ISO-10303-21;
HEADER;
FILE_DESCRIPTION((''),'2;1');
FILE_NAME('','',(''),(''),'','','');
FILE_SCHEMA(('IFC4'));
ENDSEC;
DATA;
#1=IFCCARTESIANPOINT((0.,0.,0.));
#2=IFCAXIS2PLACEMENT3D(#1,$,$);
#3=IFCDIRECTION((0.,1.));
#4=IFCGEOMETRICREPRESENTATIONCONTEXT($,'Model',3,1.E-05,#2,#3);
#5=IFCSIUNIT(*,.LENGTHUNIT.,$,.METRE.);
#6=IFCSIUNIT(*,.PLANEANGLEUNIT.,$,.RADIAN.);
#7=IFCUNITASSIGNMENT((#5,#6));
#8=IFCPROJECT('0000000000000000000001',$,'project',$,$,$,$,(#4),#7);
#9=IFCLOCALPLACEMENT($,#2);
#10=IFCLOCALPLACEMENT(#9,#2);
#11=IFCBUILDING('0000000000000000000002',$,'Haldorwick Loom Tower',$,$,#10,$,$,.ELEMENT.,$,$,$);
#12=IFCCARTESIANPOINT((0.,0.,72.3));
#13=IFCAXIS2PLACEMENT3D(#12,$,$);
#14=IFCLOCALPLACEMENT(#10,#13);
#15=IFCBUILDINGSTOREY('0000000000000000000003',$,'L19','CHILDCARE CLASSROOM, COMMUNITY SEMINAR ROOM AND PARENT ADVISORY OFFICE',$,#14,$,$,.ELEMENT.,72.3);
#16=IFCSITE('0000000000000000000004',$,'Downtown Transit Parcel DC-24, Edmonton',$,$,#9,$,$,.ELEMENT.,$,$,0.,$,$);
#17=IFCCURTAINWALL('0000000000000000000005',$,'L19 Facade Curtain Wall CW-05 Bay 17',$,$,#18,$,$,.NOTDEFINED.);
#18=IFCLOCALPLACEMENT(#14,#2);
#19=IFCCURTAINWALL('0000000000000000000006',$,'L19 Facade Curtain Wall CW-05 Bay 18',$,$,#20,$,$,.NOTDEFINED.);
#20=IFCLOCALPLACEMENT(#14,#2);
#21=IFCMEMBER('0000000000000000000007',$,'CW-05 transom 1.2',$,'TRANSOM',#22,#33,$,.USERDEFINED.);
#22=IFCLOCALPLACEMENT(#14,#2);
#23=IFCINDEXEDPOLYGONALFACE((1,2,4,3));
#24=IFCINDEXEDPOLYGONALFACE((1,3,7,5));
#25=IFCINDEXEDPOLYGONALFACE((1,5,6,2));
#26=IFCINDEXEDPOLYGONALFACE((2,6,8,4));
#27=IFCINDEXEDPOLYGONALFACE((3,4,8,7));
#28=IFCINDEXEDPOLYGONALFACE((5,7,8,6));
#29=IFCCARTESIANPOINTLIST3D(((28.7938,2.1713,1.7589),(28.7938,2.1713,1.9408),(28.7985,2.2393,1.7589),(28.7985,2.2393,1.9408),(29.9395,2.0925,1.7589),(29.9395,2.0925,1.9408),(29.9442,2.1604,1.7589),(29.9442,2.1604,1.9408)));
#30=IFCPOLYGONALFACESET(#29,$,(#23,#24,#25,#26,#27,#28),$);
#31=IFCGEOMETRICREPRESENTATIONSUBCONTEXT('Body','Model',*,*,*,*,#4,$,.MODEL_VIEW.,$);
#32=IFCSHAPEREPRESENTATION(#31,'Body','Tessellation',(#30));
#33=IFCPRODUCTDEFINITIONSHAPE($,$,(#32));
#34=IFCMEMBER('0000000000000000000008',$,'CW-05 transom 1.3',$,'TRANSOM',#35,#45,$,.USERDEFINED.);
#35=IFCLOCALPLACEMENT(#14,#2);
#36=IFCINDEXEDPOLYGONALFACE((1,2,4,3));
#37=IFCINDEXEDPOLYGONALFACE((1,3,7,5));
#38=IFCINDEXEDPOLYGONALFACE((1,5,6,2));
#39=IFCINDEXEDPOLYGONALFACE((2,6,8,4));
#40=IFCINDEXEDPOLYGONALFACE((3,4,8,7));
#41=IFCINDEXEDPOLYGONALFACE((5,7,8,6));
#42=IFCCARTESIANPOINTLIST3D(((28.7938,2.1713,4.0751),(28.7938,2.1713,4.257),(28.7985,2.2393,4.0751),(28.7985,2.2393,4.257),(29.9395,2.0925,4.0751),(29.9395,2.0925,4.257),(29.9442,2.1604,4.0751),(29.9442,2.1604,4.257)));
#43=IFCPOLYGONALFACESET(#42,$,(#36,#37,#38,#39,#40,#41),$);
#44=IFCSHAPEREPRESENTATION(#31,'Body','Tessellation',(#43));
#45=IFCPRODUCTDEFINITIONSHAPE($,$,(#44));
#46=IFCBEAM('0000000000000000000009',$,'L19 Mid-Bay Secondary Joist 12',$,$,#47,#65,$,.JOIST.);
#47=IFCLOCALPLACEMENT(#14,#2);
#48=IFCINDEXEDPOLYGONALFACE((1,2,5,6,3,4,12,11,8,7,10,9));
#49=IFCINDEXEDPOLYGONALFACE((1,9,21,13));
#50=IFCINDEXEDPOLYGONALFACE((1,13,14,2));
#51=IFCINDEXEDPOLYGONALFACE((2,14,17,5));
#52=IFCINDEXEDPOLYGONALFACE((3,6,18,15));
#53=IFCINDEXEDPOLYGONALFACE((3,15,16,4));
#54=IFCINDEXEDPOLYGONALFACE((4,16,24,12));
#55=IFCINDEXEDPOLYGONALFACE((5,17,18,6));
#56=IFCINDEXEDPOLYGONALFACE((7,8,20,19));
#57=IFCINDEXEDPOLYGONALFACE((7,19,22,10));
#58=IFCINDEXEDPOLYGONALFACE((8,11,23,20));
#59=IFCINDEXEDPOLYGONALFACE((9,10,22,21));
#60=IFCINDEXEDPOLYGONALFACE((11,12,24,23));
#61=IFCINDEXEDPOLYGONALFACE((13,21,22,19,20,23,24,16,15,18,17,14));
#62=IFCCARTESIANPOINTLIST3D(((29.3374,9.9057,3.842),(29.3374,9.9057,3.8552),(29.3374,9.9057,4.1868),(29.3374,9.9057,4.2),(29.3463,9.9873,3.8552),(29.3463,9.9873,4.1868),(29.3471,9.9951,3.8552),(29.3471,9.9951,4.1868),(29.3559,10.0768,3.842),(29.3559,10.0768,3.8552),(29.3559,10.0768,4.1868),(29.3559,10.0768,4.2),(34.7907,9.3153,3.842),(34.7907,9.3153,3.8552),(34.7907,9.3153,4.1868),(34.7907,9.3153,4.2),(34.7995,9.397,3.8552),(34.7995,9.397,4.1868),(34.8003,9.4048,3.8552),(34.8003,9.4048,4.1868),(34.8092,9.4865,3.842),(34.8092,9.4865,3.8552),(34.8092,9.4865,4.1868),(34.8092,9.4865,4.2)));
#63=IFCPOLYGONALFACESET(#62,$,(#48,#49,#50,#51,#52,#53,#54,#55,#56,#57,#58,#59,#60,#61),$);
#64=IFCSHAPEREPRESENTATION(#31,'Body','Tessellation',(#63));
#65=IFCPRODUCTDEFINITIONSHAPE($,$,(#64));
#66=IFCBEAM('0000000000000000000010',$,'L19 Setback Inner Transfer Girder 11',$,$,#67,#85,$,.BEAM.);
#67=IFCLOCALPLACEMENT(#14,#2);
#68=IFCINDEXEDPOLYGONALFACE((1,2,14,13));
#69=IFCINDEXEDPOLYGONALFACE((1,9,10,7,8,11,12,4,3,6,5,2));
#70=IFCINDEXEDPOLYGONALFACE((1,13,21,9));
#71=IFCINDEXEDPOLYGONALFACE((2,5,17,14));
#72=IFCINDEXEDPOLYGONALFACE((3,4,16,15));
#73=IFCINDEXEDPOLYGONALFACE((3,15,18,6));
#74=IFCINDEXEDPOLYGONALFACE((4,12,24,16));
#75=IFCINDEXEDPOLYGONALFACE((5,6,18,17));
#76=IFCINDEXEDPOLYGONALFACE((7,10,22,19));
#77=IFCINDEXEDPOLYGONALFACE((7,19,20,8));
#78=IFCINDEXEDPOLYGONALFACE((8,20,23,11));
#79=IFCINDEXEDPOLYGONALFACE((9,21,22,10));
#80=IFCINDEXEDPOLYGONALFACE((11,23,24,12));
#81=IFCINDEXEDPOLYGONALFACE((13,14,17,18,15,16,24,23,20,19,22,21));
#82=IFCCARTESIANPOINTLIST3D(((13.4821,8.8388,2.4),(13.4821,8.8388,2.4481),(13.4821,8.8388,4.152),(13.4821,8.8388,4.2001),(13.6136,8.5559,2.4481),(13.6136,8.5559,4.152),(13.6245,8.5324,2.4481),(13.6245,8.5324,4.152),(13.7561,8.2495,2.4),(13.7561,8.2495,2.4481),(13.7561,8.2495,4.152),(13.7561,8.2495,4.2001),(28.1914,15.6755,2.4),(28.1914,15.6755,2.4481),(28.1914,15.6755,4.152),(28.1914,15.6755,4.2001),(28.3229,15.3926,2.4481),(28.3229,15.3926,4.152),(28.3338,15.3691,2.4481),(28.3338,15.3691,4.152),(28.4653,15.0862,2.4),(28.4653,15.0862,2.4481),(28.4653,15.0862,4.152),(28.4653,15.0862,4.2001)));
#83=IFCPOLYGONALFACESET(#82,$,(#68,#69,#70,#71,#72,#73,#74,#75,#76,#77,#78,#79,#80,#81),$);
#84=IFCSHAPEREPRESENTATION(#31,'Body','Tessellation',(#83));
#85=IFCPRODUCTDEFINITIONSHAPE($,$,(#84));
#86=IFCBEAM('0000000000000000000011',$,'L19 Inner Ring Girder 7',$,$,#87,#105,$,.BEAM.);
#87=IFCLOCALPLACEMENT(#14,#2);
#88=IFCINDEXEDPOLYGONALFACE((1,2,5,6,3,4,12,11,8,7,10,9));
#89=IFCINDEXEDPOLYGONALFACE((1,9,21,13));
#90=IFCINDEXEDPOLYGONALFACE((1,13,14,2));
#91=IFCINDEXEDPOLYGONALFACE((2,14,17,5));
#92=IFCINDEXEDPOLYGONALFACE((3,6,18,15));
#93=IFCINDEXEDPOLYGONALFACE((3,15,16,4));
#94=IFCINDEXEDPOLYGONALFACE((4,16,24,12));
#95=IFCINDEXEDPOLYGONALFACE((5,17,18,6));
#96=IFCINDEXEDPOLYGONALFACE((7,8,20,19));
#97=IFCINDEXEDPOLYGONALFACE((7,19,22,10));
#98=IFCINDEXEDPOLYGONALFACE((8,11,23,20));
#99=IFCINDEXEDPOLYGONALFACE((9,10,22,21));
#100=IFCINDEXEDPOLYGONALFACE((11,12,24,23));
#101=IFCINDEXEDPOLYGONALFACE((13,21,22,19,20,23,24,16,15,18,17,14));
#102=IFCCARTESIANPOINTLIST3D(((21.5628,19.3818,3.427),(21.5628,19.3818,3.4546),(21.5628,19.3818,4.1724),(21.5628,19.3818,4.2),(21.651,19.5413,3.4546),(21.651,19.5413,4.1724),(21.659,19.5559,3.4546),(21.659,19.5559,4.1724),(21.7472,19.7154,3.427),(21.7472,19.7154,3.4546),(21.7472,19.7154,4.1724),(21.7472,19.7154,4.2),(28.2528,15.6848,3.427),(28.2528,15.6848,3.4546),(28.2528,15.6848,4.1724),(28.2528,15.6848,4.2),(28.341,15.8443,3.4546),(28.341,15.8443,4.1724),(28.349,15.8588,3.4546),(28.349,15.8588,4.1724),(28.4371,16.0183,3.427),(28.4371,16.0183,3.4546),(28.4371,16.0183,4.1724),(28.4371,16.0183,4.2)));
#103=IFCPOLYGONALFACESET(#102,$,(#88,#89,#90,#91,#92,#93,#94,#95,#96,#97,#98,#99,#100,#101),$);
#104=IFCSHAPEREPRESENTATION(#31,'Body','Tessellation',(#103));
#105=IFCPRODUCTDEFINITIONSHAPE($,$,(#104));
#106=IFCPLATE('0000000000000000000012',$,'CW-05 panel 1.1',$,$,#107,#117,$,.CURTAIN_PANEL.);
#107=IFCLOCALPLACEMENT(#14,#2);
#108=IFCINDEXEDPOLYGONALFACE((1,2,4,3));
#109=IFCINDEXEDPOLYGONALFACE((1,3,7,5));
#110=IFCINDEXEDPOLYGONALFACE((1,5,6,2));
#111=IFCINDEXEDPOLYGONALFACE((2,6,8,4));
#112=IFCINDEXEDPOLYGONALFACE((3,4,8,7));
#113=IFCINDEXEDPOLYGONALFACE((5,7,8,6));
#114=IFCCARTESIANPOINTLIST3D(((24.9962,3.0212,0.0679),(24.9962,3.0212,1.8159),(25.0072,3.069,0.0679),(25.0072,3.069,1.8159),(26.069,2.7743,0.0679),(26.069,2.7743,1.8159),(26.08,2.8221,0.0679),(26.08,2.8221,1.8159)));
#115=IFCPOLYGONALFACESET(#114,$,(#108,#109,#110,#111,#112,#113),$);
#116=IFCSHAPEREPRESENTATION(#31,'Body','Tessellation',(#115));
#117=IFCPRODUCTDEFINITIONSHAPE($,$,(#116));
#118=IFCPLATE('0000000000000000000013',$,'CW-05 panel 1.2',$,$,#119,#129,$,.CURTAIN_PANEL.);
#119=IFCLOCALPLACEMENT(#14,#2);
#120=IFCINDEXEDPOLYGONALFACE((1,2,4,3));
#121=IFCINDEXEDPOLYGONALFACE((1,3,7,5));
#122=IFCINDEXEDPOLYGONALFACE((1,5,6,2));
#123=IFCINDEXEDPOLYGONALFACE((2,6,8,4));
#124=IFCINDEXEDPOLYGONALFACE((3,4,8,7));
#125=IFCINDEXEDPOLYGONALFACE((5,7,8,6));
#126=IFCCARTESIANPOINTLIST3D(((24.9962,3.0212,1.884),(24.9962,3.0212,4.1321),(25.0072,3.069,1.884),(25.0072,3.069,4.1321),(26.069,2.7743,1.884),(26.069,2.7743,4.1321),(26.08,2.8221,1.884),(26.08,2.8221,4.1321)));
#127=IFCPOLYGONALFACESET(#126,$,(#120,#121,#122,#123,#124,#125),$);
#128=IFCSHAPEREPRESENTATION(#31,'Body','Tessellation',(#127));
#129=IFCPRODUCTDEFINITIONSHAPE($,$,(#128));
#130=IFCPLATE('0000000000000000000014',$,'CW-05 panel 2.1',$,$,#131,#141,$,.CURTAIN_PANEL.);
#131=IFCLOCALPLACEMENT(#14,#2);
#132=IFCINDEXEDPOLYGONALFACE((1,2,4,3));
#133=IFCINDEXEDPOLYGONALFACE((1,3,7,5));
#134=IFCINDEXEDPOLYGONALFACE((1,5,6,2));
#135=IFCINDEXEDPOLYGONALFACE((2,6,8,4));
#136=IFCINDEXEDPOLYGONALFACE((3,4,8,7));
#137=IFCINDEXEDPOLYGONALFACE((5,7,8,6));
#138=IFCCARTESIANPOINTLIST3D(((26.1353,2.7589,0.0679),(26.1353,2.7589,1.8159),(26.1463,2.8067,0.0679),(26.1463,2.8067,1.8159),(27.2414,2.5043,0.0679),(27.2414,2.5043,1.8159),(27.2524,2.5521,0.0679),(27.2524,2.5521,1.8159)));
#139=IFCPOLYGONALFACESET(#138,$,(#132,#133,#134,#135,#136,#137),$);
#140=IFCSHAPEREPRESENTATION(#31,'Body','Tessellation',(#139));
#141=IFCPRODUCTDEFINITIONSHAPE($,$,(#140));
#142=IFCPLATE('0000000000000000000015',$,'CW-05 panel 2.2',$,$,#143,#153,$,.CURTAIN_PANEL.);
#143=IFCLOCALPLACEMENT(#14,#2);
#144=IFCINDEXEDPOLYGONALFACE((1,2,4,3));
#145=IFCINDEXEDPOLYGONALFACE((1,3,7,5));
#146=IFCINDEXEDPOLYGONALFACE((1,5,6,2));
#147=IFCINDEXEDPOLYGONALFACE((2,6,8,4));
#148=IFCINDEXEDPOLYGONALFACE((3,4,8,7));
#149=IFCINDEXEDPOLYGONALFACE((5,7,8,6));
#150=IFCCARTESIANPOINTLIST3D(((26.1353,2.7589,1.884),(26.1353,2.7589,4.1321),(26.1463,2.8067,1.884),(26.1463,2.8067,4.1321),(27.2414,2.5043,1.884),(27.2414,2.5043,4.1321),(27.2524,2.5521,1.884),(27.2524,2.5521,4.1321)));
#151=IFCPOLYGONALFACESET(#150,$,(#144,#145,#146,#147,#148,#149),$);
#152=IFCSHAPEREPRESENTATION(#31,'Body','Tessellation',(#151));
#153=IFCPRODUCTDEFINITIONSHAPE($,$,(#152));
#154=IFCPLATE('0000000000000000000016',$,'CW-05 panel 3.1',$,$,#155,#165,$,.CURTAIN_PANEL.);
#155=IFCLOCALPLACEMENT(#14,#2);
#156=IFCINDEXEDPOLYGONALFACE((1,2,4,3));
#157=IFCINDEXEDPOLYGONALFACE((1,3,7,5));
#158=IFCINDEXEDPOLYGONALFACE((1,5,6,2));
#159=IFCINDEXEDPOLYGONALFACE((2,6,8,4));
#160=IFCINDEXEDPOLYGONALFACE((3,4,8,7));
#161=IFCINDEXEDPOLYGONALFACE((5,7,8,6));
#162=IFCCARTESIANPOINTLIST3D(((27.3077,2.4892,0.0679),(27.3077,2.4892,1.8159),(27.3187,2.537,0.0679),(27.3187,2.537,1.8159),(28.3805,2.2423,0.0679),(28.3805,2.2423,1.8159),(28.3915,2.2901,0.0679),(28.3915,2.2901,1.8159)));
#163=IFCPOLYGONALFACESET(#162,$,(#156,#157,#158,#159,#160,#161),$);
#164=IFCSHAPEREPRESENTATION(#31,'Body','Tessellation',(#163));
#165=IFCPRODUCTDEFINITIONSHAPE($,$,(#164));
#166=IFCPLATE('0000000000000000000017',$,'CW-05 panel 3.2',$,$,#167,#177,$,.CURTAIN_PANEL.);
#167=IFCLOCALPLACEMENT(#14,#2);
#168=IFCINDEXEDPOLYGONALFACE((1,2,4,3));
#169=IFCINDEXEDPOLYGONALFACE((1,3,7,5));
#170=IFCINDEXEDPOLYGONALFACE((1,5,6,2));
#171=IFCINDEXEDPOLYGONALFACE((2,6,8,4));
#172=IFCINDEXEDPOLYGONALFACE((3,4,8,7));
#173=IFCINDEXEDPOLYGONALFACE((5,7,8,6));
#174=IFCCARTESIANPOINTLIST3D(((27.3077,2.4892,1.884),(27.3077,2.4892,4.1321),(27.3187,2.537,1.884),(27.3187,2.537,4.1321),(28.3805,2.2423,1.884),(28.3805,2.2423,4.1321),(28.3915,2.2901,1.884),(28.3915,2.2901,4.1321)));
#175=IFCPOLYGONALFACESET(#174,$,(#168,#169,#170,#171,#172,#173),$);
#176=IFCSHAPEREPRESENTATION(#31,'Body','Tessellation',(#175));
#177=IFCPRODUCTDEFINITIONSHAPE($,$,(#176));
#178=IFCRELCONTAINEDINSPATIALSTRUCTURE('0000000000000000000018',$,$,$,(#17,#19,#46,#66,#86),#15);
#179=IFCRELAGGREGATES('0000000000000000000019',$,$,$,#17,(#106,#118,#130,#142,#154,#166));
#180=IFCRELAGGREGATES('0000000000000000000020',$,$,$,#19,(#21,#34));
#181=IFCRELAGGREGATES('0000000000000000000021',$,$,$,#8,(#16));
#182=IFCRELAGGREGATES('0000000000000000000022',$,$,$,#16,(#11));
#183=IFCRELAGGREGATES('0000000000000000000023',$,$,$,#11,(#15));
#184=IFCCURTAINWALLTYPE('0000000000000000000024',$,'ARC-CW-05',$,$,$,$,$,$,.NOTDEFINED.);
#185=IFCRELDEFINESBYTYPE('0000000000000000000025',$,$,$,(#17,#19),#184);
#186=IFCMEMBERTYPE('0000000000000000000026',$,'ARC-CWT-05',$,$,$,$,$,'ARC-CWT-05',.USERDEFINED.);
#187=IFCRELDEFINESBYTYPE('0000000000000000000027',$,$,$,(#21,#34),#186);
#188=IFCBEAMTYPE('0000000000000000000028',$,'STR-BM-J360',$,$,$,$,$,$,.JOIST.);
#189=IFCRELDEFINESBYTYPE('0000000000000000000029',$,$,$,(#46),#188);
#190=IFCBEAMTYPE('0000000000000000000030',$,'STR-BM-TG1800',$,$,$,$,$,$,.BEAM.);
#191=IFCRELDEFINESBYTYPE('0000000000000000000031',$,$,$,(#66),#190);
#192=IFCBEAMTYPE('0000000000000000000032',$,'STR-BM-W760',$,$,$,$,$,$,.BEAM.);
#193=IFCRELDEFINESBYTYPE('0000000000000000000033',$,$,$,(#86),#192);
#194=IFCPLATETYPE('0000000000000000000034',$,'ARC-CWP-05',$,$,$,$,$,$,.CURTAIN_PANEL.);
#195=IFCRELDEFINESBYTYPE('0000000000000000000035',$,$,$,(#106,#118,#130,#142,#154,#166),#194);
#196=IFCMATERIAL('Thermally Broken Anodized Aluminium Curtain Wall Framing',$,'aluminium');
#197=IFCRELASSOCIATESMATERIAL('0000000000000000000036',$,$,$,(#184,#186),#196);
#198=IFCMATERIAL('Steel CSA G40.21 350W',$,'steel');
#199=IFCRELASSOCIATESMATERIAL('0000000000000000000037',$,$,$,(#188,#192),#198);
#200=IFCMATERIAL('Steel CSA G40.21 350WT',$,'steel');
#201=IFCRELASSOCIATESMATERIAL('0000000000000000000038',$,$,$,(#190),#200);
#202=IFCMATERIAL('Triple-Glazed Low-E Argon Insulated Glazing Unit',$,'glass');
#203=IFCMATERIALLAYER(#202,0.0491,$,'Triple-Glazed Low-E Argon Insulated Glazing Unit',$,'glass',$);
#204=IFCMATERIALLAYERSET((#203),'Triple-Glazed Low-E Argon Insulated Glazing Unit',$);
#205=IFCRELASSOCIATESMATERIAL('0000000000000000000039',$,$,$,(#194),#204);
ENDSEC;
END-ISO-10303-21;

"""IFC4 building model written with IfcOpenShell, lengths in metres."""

from ifc_helpers import new_model, si_unit, direction, frame, origin, origin_2d, place, context, subcontext, project, spatial, rectangle, i_section, extrude, material, layer, layer_set, material_profile, profile_set, type_object, element, aggregate, save


model = new_model("IFC4")

# Units and contexts
model_context = context("Model", 3, precision=1e-05, world=origin(), true_north=direction((0.0, 1.0)))
body_context = subcontext(model_context, "Body", "Model", "MODEL_VIEW")
ifc_project = project(units=[si_unit("LENGTHUNIT", "METRE"), si_unit("PLANEANGLEUNIT", "RADIAN")], contexts=[model_context])

# Site, building, storey
site_placement = place(None, origin())
site = spatial("IfcSite", under=ifc_project, at=site_placement, Name="Downtown Transit Parcel DC-24, Edmonton", CompositionType="ELEMENT", RefElevation=0.0)
building_placement = place(site_placement, origin())
building = spatial("IfcBuilding", under=site, at=building_placement, Name="Haldorwick Loom Tower", CompositionType="ELEMENT")
storey_placement = place(building_placement, frame((0.0, 0.0, 72.3)))
storey = spatial("IfcBuildingStorey", under=building, at=storey_placement, Name="L19", Description="CHILDCARE CLASSROOM, COMMUNITY SEMINAR ROOM AND PARENT ADVISORY OFFICE", CompositionType="ELEMENT", Elevation=72.3)

# Curtain wall
ifc_material_1 = material(Name="Thermally Broken Anodized Aluminium Curtain Wall Framing", Category="aluminium")
curtain_wall_type = type_object("IfcCurtainWallType", Name="ARC-CW-05", PredefinedType="NOTDEFINED", material=ifc_material_1)
curtain_wall_1_placement = place(storey_placement, origin())
curtain_wall_1 = element("IfcCurtainWall", 1, at=curtain_wall_1_placement, inside=storey, type_object=curtain_wall_type, Name="L19 Facade Curtain Wall CW-05 Bay 17", PredefinedType="NOTDEFINED")

# Curtain wall
curtain_wall_2_placement = place(storey_placement, origin())
curtain_wall_2 = element("IfcCurtainWall", 2, at=curtain_wall_2_placement, inside=storey, type_object=curtain_wall_type, Name="L19 Facade Curtain Wall CW-05 Bay 18", PredefinedType="NOTDEFINED")

# Members
ifc_material_profile_1 = material_profile(ifc_material_1, rectangle(XDim=0.0681, YDim=0.1819, at=origin_2d()), Name="ALU_TRN_68X182", Category="aluminium")
ifc_profile_set_1 = profile_set([ifc_material_profile_1], Name="Thermally Broken Anodized Aluminium Curtain Wall Framing")
member_type_1 = type_object("IfcMemberType", Name="ARC-CWT-05", ElementType="ARC-CWT-05", PredefinedType="USERDEFINED", material=ifc_profile_set_1)
member_1_placement = place(storey_placement, frame((28.7961, 2.2053, 1.8499), z_axis=(0.99764, -0.068663, 0.0), x_axis=(0.068663, 0.99764, 0.0)))
member_1 = element("IfcMember", 3, at=member_1_placement, type_object=member_type_1, Name="CW-05 transom 1.2", ObjectType="TRANSOM", PredefinedType="USERDEFINED", context=body_context, shape_type="SweptSolid", body=[
    extrude(rectangle(XDim=0.0681, YDim=0.1819, at=origin_2d()), origin(), (0.0, 0.0, 1.0), 1.1484),
])
member_2_placement = place(storey_placement, frame((28.7961, 2.2053, 4.166), z_axis=(0.99764, -0.068663, 0.0), x_axis=(0.068663, 0.99764, 0.0)))
member_2 = element("IfcMember", 4, at=member_2_placement, type_object=member_type_1, Name="CW-05 transom 1.3", ObjectType="TRANSOM", PredefinedType="USERDEFINED", context=body_context, shape_type="SweptSolid", body=[
    extrude(rectangle(XDim=0.0681, YDim=0.1819, at=origin_2d()), origin(), (0.0, 0.0, 1.0), 1.1484),
])

# Beams
ifc_material_2 = material(Name="Steel CSA G40.21 350W", Category="steel")
ifc_material_profile_2 = material_profile(ifc_material_2, i_section(OverallWidth=0.1721, OverallDepth=0.3579, WebThickness=0.0078, FlangeThickness=0.0132, at=origin_2d()), Name="W360X57", Category="steel")
ifc_profile_set_2 = profile_set([ifc_material_profile_2], Name="Steel CSA G40.21 350W")
beam_type_1 = type_object("IfcBeamType", Name="STR-BM-J360", PredefinedType="JOIST", material=ifc_profile_set_2)
beam_1_placement = place(storey_placement, frame((29.3467, 9.9912, 4.021), z_axis=(0.994192, -0.107622, 0.0), x_axis=(0.107622, 0.994192, 0.0)))
element("IfcBeam", 5, at=beam_1_placement, inside=storey, type_object=beam_type_1, Name="L19 Mid-Bay Secondary Joist 12", PredefinedType="JOIST", context=body_context, shape_type="SweptSolid", body=[
    extrude(i_section(OverallWidth=0.1721, OverallDepth=0.3579, WebThickness=0.0078, FlangeThickness=0.0132, at=origin_2d()), origin(), (0.0, 0.0, 1.0), 5.4851),
])
ifc_material_3 = material(Name="Steel CSA G40.21 350WT", Category="steel")
ifc_material_profile_3 = material_profile(ifc_material_3, i_section(OverallWidth=0.6499, OverallDepth=1.8, WebThickness=0.0259, FlangeThickness=0.0481, at=origin_2d()), Name="WWF1800X650", Category="steel")
ifc_profile_set_3 = profile_set([ifc_material_profile_3], Name="Steel CSA G40.21 350WT")
beam_type_2 = type_object("IfcBeamType", Name="STR-BM-TG1800", PredefinedType="BEAM", material=ifc_profile_set_3)
beam_2_placement = place(storey_placement, frame((28.3284, 15.3809, 3.3), z_axis=(-0.906835, -0.421486, 0.0), x_axis=(0.421486, -0.906835, 0.0)))
element("IfcBeam", 6, at=beam_2_placement, inside=storey, type_object=beam_type_2, Name="L19 Setback Inner Transfer Girder 11", PredefinedType="BEAM", context=body_context, shape_type="SweptSolid", body=[
    extrude(i_section(OverallWidth=0.6499, OverallDepth=1.8, WebThickness=0.0259, FlangeThickness=0.0481, at=origin_2d()), origin(), (0.0, 0.0, 1.0), 16.2205),
])
ifc_material_profile_4 = material_profile(ifc_material_2, i_section(OverallWidth=0.3811, OverallDepth=0.7729, WebThickness=0.0166, FlangeThickness=0.0276, at=origin_2d()), Name="W760X257", Category="steel")
ifc_profile_set_4 = profile_set([ifc_material_profile_4], Name="Steel CSA G40.21 350W")
beam_type_3 = type_object("IfcBeamType", Name="STR-BM-W760", PredefinedType="BEAM", material=ifc_profile_set_4)
beam_3_placement = place(storey_placement, frame((28.345, 15.8516, 3.8135), z_axis=(-0.875244, 0.483681, 0.0), x_axis=(-0.483681, -0.875244, 0.0)))
element("IfcBeam", 7, at=beam_3_placement, inside=storey, type_object=beam_type_3, Name="L19 Inner Ring Girder 7", PredefinedType="BEAM", context=body_context, shape_type="SweptSolid", body=[
    extrude(i_section(OverallWidth=0.3811, OverallDepth=0.7729, WebThickness=0.0166, FlangeThickness=0.0276, at=origin_2d()), origin(), (0.0, 0.0, 1.0), 7.6436),
])

# Plates
ifc_material_4 = material(Name="Triple-Glazed Low-E Argon Insulated Glazing Unit", Category="glass")
ifc_layer_1 = layer(ifc_material_4, 0.0491, Name="Triple-Glazed Low-E Argon Insulated Glazing Unit", Category="glass")
ifc_layer_set_1 = layer_set([ifc_layer_1], Name="Triple-Glazed Low-E Argon Insulated Glazing Unit")
plate_type = type_object("IfcPlateType", Name="ARC-CWP-05", PredefinedType="CURTAIN_PANEL", material=ifc_layer_set_1)
plate_1_placement = place(storey_placement, frame((25.5381, 2.9216, 0.0679), z_axis=(0.0, 0.0, 1.0), x_axis=(0.974523, -0.224289, 0.0)))
plate_1 = element("IfcPlate", 8, at=plate_1_placement, type_object=plate_type, Name="CW-05 panel 1.1", PredefinedType="CURTAIN_PANEL", context=body_context, shape_type="SweptSolid", body=[
    extrude(rectangle(XDim=1.1008, YDim=0.0491, at=origin_2d()), origin(), (0.0, 0.0, 1.0), 1.748),
])
plate_2_placement = place(storey_placement, frame((25.5381, 2.9216, 1.884), z_axis=(0.0, 0.0, 1.0), x_axis=(0.974523, -0.224289, 0.0)))
plate_2 = element("IfcPlate", 9, at=plate_2_placement, type_object=plate_type, Name="CW-05 panel 1.2", PredefinedType="CURTAIN_PANEL", context=body_context, shape_type="SweptSolid", body=[
    extrude(rectangle(XDim=1.1008, YDim=0.0491, at=origin_2d()), origin(), (0.0, 0.0, 1.0), 2.248),
])
plate_3_placement = place(storey_placement, frame((26.6938, 2.6555, 0.0679), z_axis=(0.0, 0.0, 1.0), x_axis=(0.974523, -0.224289, 0.0)))
plate_3 = element("IfcPlate", 10, at=plate_3_placement, type_object=plate_type, Name="CW-05 panel 2.1", PredefinedType="CURTAIN_PANEL", context=body_context, shape_type="SweptSolid", body=[
    extrude(rectangle(XDim=1.135, YDim=0.0491, at=origin_2d()), origin(), (0.0, 0.0, 1.0), 1.748),
])
plate_4_placement = place(storey_placement, frame((26.6938, 2.6555, 1.884), z_axis=(0.0, 0.0, 1.0), x_axis=(0.974523, -0.224289, 0.0)))
plate_4 = element("IfcPlate", 11, at=plate_4_placement, type_object=plate_type, Name="CW-05 panel 2.2", PredefinedType="CURTAIN_PANEL", context=body_context, shape_type="SweptSolid", body=[
    extrude(rectangle(XDim=1.135, YDim=0.0491, at=origin_2d()), origin(), (0.0, 0.0, 1.0), 2.248),
])
plate_5_placement = place(storey_placement, frame((27.8496, 2.3896, 0.0679), z_axis=(0.0, 0.0, 1.0), x_axis=(0.974523, -0.224289, 0.0)))
plate_5 = element("IfcPlate", 12, at=plate_5_placement, type_object=plate_type, Name="CW-05 panel 3.1", PredefinedType="CURTAIN_PANEL", context=body_context, shape_type="SweptSolid", body=[
    extrude(rectangle(XDim=1.1008, YDim=0.0491, at=origin_2d()), origin(), (0.0, 0.0, 1.0), 1.748),
])
plate_6_placement = place(storey_placement, frame((27.8496, 2.3896, 1.884), z_axis=(0.0, 0.0, 1.0), x_axis=(0.974523, -0.224289, 0.0)))
plate_6 = element("IfcPlate", 13, at=plate_6_placement, type_object=plate_type, Name="CW-05 panel 3.2", PredefinedType="CURTAIN_PANEL", context=body_context, shape_type="SweptSolid", body=[
    extrude(rectangle(XDim=1.1008, YDim=0.0491, at=origin_2d()), origin(), (0.0, 0.0, 1.0), 2.248),
])
aggregate(curtain_wall_1, [plate_1, plate_2, plate_3, plate_4, plate_5, plate_6])
aggregate(curtain_wall_2, [member_1, member_2])

save(model, "model.ifc")
